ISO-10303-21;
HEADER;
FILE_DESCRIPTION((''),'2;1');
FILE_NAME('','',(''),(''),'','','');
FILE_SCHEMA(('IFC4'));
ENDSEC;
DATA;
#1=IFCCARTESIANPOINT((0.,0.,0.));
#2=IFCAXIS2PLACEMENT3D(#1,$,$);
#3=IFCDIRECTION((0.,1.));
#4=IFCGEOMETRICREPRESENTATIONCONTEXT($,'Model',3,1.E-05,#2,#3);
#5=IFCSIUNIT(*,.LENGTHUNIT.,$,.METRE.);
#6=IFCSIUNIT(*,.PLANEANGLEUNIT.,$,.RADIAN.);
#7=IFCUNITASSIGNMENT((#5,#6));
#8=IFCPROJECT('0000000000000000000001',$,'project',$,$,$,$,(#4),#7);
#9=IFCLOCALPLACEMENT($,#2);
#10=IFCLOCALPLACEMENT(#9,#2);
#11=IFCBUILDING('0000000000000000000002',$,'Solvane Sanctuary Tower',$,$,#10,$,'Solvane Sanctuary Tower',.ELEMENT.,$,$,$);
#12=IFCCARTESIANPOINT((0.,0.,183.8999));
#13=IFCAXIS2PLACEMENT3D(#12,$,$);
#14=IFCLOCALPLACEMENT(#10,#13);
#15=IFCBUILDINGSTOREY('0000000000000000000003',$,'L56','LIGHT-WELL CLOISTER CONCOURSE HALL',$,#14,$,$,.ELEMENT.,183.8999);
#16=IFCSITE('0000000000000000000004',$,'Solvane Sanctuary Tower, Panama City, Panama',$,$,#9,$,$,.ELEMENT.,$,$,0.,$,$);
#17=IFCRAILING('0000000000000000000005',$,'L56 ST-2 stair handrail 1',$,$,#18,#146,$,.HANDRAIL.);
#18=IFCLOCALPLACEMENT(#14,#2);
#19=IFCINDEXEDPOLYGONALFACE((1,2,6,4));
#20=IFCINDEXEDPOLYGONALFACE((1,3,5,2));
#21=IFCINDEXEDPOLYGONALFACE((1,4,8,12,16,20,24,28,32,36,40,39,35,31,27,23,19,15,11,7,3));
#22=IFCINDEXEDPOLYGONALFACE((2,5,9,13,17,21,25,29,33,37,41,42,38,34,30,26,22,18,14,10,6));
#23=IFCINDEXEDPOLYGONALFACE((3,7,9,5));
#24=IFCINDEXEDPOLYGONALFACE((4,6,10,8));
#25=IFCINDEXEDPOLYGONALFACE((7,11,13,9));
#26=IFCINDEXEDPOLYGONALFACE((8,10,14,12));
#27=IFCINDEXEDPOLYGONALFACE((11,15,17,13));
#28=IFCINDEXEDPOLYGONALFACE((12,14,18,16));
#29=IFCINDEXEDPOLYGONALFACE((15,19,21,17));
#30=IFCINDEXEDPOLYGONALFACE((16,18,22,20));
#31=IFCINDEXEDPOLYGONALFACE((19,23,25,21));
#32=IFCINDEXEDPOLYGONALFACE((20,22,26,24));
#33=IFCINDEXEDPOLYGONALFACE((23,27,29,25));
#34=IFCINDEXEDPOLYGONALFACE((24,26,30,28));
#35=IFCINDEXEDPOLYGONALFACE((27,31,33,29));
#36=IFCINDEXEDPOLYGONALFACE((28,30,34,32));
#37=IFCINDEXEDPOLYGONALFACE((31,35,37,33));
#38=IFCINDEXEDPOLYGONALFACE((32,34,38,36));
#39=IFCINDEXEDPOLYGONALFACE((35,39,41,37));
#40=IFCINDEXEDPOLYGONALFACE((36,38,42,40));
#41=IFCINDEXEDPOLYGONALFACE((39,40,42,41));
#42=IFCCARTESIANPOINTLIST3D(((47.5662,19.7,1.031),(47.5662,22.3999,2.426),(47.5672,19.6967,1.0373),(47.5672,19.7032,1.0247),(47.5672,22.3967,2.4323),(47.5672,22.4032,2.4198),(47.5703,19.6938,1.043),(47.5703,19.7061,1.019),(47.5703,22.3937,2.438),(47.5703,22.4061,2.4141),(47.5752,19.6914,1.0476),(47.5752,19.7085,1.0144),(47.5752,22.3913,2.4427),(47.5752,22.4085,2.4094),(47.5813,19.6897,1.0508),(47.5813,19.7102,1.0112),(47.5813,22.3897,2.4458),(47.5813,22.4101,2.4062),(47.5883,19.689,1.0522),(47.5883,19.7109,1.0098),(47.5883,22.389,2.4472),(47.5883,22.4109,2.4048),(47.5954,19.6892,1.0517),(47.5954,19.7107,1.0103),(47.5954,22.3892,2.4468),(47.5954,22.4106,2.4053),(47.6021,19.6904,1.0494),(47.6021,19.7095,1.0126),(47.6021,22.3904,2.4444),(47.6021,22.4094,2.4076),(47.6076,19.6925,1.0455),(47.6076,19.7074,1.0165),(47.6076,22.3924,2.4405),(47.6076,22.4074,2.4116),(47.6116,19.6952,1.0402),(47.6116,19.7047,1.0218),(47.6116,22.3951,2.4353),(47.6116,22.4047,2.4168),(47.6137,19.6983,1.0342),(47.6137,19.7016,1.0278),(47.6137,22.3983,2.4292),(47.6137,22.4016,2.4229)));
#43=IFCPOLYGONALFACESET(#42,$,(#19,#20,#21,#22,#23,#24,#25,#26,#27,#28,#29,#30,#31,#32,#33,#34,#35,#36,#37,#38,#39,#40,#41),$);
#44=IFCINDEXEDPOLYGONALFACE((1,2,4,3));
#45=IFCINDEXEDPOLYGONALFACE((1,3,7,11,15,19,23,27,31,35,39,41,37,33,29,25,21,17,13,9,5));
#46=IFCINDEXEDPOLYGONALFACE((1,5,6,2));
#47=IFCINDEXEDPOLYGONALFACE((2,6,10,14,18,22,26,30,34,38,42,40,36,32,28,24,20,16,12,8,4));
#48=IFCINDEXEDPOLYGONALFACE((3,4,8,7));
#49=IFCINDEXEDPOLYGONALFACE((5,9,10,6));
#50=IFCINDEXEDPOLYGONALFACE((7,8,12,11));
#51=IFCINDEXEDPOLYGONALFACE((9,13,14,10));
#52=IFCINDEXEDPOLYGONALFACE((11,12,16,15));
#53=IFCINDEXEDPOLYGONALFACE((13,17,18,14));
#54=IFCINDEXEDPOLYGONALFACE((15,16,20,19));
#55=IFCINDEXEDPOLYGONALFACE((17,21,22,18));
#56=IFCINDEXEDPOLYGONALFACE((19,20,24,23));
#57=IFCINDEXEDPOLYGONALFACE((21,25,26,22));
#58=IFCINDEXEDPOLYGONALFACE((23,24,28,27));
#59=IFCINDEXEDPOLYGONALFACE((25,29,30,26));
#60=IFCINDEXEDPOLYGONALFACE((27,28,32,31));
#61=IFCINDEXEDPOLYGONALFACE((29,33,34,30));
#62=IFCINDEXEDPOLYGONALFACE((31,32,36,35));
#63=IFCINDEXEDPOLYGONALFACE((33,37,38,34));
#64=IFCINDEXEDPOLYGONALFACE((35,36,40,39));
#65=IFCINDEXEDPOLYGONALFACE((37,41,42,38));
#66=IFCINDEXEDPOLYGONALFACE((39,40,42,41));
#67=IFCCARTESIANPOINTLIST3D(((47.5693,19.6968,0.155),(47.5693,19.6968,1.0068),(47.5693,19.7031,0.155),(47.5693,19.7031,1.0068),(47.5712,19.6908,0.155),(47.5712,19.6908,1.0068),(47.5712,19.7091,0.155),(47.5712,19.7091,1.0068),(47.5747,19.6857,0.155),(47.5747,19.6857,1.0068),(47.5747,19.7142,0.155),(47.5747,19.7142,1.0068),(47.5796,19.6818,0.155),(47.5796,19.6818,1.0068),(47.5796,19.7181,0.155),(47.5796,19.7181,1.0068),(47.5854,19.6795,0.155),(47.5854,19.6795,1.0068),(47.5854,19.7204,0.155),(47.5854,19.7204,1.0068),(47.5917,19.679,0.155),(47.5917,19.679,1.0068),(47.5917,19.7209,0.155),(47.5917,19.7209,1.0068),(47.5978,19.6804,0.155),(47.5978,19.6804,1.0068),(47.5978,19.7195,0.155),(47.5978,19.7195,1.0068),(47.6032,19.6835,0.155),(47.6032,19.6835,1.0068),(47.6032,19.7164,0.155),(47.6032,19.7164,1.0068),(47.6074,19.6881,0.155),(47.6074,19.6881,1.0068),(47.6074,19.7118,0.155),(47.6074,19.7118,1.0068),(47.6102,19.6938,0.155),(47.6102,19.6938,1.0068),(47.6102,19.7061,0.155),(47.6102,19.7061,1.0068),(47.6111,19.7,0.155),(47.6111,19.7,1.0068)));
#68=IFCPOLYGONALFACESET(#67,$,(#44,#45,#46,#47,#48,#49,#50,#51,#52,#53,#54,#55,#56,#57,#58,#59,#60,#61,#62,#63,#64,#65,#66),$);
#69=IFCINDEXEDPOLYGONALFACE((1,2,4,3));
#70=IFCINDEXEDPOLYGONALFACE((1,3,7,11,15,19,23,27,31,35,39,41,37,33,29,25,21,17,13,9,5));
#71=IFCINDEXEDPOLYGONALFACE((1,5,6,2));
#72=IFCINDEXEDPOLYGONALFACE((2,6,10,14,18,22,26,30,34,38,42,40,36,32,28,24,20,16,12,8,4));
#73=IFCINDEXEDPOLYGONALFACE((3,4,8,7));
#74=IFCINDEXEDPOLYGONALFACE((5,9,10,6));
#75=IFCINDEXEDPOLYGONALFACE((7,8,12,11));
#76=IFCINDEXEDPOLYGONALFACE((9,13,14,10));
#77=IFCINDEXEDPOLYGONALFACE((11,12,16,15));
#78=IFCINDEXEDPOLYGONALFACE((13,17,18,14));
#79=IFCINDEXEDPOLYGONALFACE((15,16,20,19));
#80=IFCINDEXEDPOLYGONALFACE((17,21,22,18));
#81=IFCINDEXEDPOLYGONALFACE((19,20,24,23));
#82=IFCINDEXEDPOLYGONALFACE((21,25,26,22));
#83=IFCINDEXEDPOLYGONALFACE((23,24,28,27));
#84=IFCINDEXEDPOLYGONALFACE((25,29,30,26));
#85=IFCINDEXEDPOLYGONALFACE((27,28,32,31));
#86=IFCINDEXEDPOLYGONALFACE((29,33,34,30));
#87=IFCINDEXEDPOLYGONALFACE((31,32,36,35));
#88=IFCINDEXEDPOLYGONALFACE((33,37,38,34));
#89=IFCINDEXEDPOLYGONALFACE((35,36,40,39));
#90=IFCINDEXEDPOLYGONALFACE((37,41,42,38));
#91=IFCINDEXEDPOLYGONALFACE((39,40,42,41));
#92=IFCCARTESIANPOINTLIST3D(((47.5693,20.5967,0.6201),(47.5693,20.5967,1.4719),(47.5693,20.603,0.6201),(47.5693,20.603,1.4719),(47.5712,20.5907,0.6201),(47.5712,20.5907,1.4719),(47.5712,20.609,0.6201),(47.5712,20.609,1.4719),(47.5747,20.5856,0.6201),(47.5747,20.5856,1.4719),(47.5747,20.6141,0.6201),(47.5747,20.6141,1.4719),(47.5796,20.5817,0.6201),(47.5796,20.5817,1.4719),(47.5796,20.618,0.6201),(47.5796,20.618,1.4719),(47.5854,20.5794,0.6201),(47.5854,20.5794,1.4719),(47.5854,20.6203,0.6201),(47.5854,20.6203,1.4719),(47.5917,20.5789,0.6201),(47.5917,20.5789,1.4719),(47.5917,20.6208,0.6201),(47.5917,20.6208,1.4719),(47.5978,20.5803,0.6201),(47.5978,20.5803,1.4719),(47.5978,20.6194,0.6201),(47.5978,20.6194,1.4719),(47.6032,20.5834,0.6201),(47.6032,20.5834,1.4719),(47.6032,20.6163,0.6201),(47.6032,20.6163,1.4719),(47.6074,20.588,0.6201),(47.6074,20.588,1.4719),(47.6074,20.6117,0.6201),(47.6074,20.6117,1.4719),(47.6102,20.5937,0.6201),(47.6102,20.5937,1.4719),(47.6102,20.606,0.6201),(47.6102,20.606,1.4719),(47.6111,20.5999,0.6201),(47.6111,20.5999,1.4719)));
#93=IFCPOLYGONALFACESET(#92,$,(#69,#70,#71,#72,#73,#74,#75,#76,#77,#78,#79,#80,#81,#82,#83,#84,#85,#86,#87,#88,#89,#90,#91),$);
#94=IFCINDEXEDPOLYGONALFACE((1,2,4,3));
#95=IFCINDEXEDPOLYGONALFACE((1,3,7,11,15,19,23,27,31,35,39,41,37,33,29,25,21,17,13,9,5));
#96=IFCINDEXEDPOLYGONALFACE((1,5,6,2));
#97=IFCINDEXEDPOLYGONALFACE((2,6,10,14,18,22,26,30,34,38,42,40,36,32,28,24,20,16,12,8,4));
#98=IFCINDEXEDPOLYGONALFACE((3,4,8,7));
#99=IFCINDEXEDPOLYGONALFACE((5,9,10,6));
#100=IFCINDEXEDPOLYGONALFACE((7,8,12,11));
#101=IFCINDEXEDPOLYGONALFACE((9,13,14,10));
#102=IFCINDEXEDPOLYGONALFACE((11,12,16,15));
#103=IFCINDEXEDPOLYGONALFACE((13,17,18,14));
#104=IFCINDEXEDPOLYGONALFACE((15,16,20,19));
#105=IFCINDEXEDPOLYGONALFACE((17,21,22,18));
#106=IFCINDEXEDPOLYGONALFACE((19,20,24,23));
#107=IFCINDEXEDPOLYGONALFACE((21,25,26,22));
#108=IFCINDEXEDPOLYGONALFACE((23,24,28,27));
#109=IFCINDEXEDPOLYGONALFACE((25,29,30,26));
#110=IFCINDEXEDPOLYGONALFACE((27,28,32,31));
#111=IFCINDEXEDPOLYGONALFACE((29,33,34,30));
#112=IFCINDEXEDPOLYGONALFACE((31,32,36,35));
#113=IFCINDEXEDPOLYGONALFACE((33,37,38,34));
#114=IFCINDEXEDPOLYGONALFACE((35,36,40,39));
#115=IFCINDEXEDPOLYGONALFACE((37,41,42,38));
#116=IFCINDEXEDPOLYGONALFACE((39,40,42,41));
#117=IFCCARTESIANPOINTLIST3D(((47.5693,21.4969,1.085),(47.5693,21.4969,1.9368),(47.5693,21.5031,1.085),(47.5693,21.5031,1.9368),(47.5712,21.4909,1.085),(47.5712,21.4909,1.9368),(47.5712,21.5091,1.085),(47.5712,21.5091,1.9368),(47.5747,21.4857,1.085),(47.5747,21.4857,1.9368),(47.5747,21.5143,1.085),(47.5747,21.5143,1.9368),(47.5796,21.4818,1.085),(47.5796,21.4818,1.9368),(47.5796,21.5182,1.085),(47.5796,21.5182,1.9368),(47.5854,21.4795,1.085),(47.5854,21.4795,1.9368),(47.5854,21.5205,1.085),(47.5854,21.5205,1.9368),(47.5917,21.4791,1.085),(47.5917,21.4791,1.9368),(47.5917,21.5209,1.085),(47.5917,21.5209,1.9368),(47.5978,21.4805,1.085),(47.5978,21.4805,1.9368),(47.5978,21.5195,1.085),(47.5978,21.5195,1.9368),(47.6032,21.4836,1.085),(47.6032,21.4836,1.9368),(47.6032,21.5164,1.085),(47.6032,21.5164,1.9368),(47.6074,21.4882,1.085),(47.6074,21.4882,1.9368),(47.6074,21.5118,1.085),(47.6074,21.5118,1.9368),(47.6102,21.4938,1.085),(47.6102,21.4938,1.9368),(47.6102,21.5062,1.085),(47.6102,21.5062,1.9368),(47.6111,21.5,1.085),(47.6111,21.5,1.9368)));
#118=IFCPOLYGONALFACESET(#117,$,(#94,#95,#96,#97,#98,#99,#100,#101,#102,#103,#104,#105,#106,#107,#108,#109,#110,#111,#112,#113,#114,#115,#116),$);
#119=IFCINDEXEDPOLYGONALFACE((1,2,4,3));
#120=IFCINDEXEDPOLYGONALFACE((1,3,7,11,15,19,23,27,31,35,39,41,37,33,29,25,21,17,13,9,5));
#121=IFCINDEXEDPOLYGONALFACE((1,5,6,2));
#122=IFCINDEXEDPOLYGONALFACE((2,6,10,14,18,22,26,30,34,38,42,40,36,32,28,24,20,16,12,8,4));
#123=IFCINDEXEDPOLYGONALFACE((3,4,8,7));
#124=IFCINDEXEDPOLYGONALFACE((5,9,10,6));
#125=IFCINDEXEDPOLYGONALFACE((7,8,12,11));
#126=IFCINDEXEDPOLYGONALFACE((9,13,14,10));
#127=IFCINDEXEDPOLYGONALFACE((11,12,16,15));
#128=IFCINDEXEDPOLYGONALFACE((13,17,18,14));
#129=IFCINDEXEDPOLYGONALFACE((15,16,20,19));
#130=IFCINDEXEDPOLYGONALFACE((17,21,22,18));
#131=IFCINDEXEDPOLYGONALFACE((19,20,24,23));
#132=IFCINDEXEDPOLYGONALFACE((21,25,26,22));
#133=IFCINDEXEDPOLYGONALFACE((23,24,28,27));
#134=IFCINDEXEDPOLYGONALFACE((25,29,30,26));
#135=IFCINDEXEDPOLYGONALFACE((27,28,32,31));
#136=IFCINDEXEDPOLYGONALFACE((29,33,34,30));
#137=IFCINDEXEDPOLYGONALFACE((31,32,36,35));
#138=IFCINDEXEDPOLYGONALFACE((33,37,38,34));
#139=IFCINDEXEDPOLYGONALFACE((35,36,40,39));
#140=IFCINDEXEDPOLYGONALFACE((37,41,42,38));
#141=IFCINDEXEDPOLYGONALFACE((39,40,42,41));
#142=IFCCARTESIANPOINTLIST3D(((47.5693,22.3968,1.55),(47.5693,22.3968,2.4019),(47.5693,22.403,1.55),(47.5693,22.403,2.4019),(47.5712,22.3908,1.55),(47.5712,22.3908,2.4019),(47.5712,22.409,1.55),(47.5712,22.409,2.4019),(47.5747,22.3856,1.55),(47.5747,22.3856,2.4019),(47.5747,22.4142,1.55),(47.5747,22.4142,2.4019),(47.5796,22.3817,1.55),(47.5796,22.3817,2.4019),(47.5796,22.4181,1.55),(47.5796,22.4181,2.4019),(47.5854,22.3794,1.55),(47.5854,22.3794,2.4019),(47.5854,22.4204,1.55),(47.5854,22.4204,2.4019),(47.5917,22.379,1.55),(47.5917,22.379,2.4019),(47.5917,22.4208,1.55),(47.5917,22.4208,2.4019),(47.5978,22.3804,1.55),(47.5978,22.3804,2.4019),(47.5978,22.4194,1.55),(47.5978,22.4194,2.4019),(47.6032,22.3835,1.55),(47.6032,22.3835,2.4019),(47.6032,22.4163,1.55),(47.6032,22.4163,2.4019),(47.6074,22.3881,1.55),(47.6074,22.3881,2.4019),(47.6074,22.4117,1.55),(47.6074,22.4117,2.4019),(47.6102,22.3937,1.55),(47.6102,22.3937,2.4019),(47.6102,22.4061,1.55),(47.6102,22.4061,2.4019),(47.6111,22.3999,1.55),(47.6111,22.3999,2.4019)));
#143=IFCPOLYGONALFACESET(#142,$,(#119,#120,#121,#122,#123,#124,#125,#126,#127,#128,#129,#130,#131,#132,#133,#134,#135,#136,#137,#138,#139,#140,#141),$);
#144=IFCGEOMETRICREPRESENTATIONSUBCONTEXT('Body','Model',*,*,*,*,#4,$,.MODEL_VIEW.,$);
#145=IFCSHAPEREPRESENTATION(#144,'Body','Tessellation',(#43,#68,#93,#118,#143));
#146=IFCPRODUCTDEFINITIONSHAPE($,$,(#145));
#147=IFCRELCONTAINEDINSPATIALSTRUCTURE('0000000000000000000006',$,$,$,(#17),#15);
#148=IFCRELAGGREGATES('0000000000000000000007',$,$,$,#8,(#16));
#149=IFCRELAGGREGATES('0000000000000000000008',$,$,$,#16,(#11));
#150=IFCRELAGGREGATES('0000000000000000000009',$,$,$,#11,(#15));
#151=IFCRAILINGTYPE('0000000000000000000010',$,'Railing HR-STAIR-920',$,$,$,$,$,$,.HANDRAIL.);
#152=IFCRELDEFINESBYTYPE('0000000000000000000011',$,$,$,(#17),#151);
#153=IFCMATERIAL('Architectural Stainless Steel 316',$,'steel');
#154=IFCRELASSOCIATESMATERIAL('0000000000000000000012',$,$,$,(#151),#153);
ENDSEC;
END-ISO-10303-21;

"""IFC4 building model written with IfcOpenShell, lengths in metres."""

from ifc_helpers import new_model, si_unit, direction, frame, origin, origin_2d, place, context, subcontext, project, spatial, circle, extrude, material, type_object, element, save


model = new_model("IFC4")

# Units and contexts
model_context = context("Model", 3, precision=1e-05, world=origin(), true_north=direction((0.0, 1.0)))
body_context = subcontext(model_context, "Body", "Model", "MODEL_VIEW")
ifc_project = project(units=[si_unit("LENGTHUNIT", "METRE"), si_unit("PLANEANGLEUNIT", "RADIAN")], contexts=[model_context])

# Site, building, storey
site_placement = place(None, origin())
site = spatial("IfcSite", under=ifc_project, at=site_placement, Name="Solvane Sanctuary Tower, Panama City, Panama", CompositionType="ELEMENT", RefElevation=0.0)
building_placement = place(site_placement, origin())
building = spatial("IfcBuilding", under=site, at=building_placement, Name="Solvane Sanctuary Tower", LongName="Solvane Sanctuary Tower", CompositionType="ELEMENT")
storey_placement = place(building_placement, frame((0.0, 0.0, 183.8999)))
storey = spatial("IfcBuildingStorey", under=building, at=storey_placement, Name="L56", Description="LIGHT-WELL CLOISTER CONCOURSE HALL", CompositionType="ELEMENT", Elevation=183.8999)

# Shared definitions
ifc_material_1 = material(Name="Architectural Stainless Steel 316", Category="steel")

# Railing
railing_type_1 = type_object("IfcRailingType", Name="Railing HR-STAIR-920", PredefinedType="HANDRAIL", material=ifc_material_1)
railing_1_placement = place(storey_placement, frame((47.5901, 19.7, 0.155)))
element("IfcRailing", 1, at=railing_1_placement, inside=storey, type_object=railing_type_1, Name="L56 ST-2 stair handrail 1", PredefinedType="HANDRAIL", context=body_context, shape_type="SweptSolid", body=[
    extrude(circle(Radius=0.0239, at=origin_2d()), frame((0.0, 0.0, 0.876), z_axis=(0.0, 0.88842, 0.459032), x_axis=(-1.0, 0.0, 0.0)), (0.0, 0.0, 1.0), 3.0391),
    extrude(circle(Radius=0.021, at=origin_2d()), origin(), (0.0, 0.0, 1.0), 0.8518),
    extrude(circle(Radius=0.021, at=origin_2d()), frame((0.0, 0.8999, 0.4651)), (0.0, 0.0, 1.0), 0.8518),
    extrude(circle(Radius=0.021, at=origin_2d()), frame((0.0, 1.8, 0.9299)), (0.0, 0.0, 1.0), 0.8518),
    extrude(circle(Radius=0.021, at=origin_2d()), frame((0.0, 2.7, 1.395)), (0.0, 0.0, 1.0), 0.8518),
])

save(model, "model.ifc")
